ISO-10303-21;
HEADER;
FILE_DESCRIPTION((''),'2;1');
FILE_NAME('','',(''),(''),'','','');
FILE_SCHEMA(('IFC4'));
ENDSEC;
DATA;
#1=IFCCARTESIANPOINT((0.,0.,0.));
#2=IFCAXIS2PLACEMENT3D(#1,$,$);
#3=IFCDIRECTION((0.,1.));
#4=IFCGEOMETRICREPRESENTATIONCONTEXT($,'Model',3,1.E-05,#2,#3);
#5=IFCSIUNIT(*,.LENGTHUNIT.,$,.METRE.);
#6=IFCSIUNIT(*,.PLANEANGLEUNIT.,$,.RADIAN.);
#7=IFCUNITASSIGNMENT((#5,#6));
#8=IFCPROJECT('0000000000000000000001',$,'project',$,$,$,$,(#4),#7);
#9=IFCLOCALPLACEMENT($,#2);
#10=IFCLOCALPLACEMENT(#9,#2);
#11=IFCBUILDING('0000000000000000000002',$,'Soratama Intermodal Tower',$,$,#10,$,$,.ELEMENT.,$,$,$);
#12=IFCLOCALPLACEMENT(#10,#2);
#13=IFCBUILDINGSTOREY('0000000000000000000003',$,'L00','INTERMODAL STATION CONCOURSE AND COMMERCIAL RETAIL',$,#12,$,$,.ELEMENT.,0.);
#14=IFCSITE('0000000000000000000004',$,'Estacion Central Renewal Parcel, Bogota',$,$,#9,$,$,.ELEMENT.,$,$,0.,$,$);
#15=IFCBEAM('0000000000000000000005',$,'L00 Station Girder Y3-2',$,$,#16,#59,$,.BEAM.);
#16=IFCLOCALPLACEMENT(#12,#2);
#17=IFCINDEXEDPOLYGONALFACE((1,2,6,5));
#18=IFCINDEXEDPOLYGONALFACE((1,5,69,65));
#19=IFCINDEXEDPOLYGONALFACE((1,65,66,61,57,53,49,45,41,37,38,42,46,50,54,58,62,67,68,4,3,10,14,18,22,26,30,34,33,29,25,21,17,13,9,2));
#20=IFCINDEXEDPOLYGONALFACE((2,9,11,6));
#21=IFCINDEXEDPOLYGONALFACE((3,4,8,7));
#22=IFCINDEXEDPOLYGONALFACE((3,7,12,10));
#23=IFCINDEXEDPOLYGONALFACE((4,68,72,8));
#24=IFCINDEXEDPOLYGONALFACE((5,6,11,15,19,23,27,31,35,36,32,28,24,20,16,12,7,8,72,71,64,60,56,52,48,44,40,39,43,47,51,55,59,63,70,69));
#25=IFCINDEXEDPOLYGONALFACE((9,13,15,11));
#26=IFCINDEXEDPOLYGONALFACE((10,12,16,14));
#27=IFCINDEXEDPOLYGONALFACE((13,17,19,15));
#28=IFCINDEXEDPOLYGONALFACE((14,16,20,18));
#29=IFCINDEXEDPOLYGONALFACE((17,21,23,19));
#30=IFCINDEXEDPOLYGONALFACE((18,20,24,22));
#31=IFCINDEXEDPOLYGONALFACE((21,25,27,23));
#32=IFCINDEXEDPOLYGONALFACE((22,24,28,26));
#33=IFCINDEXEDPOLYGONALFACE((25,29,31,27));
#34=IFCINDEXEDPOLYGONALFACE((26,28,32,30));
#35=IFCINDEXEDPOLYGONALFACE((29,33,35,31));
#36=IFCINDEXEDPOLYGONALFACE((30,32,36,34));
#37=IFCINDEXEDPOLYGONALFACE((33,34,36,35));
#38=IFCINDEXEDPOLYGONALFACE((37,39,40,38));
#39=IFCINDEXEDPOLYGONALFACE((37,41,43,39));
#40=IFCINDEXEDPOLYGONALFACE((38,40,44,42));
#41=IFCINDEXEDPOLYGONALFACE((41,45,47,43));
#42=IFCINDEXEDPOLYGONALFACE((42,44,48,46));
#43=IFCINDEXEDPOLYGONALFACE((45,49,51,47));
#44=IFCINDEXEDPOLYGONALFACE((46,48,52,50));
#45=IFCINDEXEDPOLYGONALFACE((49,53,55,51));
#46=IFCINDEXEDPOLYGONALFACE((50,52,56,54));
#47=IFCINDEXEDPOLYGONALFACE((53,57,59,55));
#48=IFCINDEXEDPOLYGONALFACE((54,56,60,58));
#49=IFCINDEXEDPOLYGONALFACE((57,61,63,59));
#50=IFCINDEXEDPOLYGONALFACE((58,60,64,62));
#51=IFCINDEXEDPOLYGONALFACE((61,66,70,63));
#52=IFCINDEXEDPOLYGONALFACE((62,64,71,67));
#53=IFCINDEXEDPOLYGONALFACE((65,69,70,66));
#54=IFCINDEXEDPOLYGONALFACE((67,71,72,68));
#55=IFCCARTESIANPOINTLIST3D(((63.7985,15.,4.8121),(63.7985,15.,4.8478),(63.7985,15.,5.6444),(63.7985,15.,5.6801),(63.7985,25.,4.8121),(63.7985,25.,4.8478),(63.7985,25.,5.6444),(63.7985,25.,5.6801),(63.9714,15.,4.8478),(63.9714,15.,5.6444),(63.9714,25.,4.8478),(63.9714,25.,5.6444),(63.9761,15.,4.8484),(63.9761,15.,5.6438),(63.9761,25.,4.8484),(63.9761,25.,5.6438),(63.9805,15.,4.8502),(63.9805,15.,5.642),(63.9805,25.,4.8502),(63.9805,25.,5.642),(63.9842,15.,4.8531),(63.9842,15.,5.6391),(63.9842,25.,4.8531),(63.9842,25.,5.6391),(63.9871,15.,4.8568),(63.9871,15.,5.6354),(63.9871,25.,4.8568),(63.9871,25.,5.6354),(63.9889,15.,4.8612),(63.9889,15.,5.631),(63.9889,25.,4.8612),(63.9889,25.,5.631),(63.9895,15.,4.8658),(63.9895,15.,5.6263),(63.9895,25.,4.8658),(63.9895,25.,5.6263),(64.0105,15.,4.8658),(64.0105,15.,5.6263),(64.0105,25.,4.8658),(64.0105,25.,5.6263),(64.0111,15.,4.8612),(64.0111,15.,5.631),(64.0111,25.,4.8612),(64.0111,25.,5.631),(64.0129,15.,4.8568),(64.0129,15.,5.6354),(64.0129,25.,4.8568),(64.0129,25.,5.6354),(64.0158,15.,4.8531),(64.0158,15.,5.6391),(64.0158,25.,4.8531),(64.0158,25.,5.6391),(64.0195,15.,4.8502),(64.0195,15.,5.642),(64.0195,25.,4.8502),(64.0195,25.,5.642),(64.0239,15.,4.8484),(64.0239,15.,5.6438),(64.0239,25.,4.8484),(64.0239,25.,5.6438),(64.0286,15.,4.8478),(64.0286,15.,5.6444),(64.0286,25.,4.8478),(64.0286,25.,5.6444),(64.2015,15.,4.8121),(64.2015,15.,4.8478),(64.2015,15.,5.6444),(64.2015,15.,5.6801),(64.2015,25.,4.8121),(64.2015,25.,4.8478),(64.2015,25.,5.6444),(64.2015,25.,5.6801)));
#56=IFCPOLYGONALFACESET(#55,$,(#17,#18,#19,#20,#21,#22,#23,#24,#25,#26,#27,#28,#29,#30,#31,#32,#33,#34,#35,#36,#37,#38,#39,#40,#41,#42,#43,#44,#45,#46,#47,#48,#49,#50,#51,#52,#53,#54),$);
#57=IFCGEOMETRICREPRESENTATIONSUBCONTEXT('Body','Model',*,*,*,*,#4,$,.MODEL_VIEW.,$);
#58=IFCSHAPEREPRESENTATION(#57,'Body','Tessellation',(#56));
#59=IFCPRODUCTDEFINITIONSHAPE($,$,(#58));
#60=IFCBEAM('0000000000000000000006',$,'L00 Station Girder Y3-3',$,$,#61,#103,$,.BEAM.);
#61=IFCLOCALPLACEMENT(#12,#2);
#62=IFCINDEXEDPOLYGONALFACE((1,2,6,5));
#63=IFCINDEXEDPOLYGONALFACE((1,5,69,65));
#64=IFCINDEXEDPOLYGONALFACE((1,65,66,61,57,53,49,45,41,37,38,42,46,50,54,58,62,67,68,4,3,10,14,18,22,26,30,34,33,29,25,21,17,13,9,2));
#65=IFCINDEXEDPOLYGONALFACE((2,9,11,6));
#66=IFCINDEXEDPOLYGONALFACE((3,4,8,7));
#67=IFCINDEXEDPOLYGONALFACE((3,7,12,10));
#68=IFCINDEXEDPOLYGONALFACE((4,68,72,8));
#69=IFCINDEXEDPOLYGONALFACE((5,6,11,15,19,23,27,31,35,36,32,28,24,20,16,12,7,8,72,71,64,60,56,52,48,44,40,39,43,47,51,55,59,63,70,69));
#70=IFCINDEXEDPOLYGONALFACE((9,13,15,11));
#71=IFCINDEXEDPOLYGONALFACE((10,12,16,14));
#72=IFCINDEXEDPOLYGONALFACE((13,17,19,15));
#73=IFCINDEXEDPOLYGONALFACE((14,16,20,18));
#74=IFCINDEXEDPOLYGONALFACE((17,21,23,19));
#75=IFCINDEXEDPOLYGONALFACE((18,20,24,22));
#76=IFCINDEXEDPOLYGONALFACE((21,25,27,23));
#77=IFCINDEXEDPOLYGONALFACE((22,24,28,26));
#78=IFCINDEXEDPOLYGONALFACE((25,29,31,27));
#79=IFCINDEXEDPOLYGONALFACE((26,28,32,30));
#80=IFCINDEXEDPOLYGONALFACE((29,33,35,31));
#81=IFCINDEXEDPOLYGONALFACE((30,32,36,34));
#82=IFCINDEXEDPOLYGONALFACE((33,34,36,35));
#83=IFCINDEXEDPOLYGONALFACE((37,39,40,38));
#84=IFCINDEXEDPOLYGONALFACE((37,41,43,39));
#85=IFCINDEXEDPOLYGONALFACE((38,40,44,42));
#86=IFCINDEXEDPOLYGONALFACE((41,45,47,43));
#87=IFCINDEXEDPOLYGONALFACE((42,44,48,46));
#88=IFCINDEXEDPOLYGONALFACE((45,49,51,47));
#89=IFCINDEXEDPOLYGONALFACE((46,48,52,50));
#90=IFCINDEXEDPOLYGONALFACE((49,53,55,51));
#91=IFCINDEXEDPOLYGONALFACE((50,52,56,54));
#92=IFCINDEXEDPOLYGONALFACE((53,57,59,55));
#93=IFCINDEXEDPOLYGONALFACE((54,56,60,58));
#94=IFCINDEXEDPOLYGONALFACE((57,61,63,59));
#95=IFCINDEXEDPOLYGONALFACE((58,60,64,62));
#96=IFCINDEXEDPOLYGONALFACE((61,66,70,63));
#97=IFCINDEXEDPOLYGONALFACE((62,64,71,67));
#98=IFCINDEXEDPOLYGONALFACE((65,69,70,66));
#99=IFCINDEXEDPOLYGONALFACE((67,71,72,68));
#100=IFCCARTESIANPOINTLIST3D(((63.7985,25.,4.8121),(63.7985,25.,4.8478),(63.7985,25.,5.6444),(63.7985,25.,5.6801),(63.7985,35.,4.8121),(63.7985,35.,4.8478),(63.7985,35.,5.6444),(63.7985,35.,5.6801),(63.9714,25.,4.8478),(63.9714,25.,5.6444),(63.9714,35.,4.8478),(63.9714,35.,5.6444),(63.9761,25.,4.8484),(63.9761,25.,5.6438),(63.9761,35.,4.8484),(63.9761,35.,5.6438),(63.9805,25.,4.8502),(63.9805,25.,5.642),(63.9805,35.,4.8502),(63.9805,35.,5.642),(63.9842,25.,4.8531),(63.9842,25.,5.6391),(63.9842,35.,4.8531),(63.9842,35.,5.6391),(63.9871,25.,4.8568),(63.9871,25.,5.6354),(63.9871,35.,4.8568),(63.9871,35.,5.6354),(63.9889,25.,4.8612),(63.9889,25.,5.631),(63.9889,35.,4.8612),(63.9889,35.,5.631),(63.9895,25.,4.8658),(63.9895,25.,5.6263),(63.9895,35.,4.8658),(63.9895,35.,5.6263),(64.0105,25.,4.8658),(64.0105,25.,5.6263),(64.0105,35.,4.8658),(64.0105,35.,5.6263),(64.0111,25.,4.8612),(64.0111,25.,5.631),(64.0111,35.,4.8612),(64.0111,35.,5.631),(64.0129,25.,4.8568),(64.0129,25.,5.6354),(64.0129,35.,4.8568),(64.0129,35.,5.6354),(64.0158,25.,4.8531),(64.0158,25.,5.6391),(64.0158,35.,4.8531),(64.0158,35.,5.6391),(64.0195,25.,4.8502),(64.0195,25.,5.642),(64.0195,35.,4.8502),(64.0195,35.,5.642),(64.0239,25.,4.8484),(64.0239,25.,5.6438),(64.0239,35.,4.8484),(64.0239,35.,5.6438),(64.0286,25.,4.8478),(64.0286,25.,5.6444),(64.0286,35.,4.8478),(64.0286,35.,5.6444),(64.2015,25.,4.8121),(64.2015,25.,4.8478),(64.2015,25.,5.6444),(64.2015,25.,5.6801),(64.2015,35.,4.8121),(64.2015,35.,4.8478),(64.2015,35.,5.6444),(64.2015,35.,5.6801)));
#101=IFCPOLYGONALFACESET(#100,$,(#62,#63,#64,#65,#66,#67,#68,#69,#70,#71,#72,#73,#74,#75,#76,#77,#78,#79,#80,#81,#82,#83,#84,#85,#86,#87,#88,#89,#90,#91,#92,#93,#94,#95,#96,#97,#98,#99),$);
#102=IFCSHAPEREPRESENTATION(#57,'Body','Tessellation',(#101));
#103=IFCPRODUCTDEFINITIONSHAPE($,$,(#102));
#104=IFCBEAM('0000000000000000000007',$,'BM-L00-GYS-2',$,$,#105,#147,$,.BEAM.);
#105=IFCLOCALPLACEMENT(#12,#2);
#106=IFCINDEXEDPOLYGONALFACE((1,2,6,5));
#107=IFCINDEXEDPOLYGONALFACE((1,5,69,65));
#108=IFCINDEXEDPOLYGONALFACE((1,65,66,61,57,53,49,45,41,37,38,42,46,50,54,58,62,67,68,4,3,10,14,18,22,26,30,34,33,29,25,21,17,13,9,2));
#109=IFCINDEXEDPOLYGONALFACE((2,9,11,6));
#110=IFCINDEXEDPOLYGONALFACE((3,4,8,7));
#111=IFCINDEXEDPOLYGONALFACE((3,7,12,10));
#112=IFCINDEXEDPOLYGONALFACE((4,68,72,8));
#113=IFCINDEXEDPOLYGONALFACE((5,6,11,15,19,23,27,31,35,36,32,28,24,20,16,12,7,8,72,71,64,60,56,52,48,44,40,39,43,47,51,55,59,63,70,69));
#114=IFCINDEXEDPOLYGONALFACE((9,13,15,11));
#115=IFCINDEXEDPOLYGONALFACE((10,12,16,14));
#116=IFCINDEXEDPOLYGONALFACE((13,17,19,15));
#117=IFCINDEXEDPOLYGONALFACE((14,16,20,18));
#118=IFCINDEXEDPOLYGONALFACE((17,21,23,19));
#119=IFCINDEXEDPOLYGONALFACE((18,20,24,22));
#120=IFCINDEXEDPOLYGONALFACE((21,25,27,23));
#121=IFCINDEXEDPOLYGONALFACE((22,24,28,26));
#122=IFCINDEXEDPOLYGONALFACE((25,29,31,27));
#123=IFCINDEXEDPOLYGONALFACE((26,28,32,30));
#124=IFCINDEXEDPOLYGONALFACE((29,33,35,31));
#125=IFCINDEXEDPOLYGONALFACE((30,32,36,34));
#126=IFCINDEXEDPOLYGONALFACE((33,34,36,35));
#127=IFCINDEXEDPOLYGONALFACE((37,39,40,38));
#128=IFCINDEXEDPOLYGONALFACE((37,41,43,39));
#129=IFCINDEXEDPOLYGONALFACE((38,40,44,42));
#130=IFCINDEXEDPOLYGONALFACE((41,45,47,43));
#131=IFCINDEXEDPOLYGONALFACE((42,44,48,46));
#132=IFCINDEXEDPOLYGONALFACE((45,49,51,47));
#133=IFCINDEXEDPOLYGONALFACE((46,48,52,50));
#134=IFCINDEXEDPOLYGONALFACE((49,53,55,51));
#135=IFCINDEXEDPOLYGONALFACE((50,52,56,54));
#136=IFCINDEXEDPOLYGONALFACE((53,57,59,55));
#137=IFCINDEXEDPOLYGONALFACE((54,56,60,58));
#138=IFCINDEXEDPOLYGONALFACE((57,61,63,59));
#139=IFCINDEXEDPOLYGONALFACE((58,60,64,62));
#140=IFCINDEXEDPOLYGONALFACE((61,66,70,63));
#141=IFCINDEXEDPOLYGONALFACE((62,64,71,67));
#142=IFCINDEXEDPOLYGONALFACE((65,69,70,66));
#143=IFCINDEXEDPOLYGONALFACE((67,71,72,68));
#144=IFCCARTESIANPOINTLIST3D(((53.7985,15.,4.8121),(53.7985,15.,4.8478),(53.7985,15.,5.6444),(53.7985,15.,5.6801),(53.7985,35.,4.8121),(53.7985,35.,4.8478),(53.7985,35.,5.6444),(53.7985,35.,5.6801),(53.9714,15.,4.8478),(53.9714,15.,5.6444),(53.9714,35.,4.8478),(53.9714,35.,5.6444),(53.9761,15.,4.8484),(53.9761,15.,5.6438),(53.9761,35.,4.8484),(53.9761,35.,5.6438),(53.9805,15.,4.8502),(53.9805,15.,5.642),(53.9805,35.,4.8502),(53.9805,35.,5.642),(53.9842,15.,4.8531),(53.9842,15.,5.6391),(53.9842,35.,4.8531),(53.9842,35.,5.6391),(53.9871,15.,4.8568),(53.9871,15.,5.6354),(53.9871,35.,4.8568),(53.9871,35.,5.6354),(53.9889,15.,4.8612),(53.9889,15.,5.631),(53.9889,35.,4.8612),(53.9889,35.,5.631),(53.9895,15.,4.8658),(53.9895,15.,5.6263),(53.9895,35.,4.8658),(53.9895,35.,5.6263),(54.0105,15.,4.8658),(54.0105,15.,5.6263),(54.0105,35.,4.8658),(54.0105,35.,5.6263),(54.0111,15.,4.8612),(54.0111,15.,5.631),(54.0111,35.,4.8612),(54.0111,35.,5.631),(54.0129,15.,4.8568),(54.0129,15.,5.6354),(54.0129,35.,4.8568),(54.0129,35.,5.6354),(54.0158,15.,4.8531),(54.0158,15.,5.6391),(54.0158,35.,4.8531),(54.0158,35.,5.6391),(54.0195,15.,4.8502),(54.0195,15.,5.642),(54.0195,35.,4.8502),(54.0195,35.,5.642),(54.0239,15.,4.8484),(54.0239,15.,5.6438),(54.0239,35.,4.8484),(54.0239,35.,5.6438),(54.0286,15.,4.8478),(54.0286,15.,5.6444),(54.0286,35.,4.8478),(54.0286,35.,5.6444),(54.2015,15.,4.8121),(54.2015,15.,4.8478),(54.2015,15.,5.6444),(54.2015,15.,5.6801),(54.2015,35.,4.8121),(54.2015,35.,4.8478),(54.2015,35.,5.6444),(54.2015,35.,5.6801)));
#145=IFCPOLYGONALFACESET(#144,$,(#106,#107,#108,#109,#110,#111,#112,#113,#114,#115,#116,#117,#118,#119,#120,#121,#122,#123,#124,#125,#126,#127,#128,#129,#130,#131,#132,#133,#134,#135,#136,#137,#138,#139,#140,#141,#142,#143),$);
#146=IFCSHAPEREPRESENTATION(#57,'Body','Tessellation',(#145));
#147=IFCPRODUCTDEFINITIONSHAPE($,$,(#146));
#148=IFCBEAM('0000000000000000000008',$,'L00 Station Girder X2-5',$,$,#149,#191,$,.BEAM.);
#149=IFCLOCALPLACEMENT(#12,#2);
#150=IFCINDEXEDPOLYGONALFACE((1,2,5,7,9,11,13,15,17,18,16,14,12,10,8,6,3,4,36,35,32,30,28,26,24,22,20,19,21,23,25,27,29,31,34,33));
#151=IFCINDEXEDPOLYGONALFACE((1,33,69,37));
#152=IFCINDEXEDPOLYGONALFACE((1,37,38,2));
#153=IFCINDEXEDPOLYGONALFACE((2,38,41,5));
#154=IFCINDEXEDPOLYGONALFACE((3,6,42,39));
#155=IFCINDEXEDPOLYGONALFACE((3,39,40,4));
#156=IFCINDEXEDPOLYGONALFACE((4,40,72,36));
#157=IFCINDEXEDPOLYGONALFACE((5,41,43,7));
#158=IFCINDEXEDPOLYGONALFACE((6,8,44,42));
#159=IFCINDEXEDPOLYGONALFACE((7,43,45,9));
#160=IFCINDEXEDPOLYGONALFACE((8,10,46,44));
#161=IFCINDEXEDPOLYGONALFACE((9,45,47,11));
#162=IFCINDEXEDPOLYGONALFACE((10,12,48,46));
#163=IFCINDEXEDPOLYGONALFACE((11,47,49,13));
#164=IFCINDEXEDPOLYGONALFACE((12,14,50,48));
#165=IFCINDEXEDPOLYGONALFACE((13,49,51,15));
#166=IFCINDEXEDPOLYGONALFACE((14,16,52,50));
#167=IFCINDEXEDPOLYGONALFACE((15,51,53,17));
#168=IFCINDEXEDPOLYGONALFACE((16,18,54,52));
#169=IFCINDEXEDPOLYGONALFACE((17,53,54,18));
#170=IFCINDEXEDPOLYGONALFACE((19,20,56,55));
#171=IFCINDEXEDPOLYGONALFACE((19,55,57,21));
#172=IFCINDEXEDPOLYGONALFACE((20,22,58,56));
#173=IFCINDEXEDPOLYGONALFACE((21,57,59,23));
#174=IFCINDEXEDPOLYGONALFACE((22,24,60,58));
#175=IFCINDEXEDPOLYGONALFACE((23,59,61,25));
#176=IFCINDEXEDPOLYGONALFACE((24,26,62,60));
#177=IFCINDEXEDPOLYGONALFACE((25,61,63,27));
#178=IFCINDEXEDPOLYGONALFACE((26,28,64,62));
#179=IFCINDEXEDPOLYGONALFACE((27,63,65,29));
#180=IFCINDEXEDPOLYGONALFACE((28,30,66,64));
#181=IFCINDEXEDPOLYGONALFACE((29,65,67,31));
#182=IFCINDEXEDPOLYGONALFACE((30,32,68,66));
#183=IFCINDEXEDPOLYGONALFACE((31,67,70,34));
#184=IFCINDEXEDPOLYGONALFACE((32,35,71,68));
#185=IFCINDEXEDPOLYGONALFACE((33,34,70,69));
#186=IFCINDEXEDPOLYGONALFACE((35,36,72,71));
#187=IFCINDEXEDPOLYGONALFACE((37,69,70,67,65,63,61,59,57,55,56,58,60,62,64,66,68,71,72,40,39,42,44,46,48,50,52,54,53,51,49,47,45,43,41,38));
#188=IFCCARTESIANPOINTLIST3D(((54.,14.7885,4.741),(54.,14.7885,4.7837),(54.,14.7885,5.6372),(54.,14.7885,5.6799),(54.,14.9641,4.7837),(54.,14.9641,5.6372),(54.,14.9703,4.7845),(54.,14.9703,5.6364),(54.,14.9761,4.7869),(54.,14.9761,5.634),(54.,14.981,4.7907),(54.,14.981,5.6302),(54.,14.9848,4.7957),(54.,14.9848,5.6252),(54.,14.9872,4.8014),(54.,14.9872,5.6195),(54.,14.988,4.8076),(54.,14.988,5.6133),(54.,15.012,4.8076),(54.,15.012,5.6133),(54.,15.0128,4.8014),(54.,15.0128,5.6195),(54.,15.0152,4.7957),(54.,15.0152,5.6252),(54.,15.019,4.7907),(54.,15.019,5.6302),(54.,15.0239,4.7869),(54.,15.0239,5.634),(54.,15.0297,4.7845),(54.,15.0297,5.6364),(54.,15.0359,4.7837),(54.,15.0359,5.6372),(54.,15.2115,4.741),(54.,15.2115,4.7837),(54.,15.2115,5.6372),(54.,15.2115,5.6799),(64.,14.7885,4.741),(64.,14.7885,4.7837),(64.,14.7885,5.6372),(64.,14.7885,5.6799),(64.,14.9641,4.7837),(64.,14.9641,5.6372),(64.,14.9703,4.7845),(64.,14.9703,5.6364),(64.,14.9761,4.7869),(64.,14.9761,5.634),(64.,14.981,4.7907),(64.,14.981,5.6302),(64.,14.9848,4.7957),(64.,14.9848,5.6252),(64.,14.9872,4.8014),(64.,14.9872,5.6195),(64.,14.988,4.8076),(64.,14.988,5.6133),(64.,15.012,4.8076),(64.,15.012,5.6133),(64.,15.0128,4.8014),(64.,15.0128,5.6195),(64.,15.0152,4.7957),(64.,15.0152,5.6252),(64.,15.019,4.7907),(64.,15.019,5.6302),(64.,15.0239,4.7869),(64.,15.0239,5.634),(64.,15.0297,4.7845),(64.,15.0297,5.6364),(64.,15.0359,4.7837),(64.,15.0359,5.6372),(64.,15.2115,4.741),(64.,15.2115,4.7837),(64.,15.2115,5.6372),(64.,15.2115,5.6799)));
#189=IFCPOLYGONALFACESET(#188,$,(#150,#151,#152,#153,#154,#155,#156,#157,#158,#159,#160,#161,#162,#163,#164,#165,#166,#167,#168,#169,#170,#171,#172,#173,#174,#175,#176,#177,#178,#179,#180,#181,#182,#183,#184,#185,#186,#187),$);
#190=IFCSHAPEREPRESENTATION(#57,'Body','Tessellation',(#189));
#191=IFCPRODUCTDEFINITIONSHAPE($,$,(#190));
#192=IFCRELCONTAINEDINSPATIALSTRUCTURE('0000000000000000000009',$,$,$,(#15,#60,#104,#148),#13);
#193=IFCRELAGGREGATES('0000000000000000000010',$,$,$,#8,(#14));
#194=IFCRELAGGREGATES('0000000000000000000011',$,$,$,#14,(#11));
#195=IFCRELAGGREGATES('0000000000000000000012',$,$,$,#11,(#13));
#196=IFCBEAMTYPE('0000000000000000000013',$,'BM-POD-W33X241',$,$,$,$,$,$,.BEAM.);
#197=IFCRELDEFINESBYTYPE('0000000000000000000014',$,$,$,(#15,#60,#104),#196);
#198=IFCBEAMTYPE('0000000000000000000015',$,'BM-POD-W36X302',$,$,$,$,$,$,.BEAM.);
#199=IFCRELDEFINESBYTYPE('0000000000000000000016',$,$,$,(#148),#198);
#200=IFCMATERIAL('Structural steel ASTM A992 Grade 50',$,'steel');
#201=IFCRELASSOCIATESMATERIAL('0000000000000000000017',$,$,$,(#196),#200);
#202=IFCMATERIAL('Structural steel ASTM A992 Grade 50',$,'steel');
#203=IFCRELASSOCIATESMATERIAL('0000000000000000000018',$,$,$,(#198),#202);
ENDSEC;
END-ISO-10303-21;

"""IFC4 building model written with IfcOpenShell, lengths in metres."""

from ifc_helpers import new_model, si_unit, direction, frame, origin, origin_2d, place, context, subcontext, project, spatial, i_section, extrude, material, material_profile, profile_set, type_object, element, save


model = new_model("IFC4")

# Units and contexts
model_context = context("Model", 3, precision=1e-05, world=origin(), true_north=direction((0.0, 1.0)))
body_context = subcontext(model_context, "Body", "Model", "MODEL_VIEW")
ifc_project = project(units=[si_unit("LENGTHUNIT", "METRE"), si_unit("PLANEANGLEUNIT", "RADIAN")], contexts=[model_context])

# Site, building, storey
site_placement = place(None, origin())
site = spatial("IfcSite", under=ifc_project, at=site_placement, Name="Estacion Central Renewal Parcel, Bogota", CompositionType="ELEMENT", RefElevation=0.0)
building_placement = place(site_placement, origin())
building = spatial("IfcBuilding", under=site, at=building_placement, Name="Soratama Intermodal Tower", CompositionType="ELEMENT")
storey_placement = place(building_placement, origin())
storey = spatial("IfcBuildingStorey", under=building, at=storey_placement, Name="L00", Description="INTERMODAL STATION CONCOURSE AND COMMERCIAL RETAIL", CompositionType="ELEMENT", Elevation=0.0)

# Beams
ifc_material_1 = material(Name="Structural steel ASTM A992 Grade 50", Category="steel")
ifc_material_profile_1 = material_profile(ifc_material_1, i_section(OverallWidth=0.4031, OverallDepth=0.8679, WebThickness=0.021, FlangeThickness=0.0356, FilletRadius=0.0181, at=origin_2d()), Name="W33X241")
ifc_profile_set_1 = profile_set([ifc_material_profile_1], Name="Structural steel ASTM A992 Grade 50")
beam_type_1 = type_object("IfcBeamType", Name="BM-POD-W33X241", PredefinedType="BEAM", material=ifc_profile_set_1)
for number, where, z_axis, x_axis, name in (
    (1, (64.0, 15.0, 5.2461), (0.0, 1.0, 0.0), (-1.0, 0.0, 0.0), "L00 Station Girder Y3-2"),
    (2, (64.0, 25.0, 5.2461), (0.0, 1.0, 0.0), (-1.0, 0.0, 0.0), "L00 Station Girder Y3-3"),
):
    element("IfcBeam", number, at=place(storey_placement, frame(where, z_axis=z_axis, x_axis=x_axis)), inside=storey, type_object=beam_type_1, Name=name, PredefinedType="BEAM", context=body_context, shape_type="SweptSolid", body=[
        extrude(i_section(OverallWidth=0.4031, OverallDepth=0.8679, WebThickness=0.021, FlangeThickness=0.0356, FilletRadius=0.0181, at=origin_2d()), origin(), (0.0, 0.0, 1.0), 10.0),
    ])
beam_1_placement = place(storey_placement, frame((54.0, 15.0, 5.2461), z_axis=(0.0, 1.0, 0.0), x_axis=(-1.0, 0.0, 0.0)))
element("IfcBeam", 3, at=beam_1_placement, inside=storey, type_object=beam_type_1, Name="BM-L00-GYS-2", PredefinedType="BEAM", context=body_context, shape_type="SweptSolid", body=[
    extrude(i_section(OverallWidth=0.4031, OverallDepth=0.8679, WebThickness=0.021, FlangeThickness=0.0356, FilletRadius=0.0181, at=origin_2d()), origin(), (0.0, 0.0, 1.0), 20.0),
])
ifc_material_2 = material(Name="Structural steel ASTM A992 Grade 50", Category="steel")
ifc_material_profile_2 = material_profile(ifc_material_2, i_section(OverallWidth=0.4231, OverallDepth=0.939, WebThickness=0.0239, FlangeThickness=0.0427, FilletRadius=0.0239, at=origin_2d()), Name="W36X302")
ifc_profile_set_2 = profile_set([ifc_material_profile_2], Name="Structural steel ASTM A992 Grade 50")
beam_type_2 = type_object("IfcBeamType", Name="BM-POD-W36X302", PredefinedType="BEAM", material=ifc_profile_set_2)
beam_2_placement = place(storey_placement, frame((54.0, 15.0, 5.2104), z_axis=(1.0, 0.0, 0.0), x_axis=(0.0, 1.0, 0.0)))
element("IfcBeam", 4, at=beam_2_placement, inside=storey, type_object=beam_type_2, Name="L00 Station Girder X2-5", PredefinedType="BEAM", context=body_context, shape_type="SweptSolid", body=[
    extrude(i_section(OverallWidth=0.4231, OverallDepth=0.939, WebThickness=0.0239, FlangeThickness=0.0427, FilletRadius=0.0239, at=origin_2d()), origin(), (0.0, 0.0, 1.0), 10.0),
])

save(model, "model.ifc")
